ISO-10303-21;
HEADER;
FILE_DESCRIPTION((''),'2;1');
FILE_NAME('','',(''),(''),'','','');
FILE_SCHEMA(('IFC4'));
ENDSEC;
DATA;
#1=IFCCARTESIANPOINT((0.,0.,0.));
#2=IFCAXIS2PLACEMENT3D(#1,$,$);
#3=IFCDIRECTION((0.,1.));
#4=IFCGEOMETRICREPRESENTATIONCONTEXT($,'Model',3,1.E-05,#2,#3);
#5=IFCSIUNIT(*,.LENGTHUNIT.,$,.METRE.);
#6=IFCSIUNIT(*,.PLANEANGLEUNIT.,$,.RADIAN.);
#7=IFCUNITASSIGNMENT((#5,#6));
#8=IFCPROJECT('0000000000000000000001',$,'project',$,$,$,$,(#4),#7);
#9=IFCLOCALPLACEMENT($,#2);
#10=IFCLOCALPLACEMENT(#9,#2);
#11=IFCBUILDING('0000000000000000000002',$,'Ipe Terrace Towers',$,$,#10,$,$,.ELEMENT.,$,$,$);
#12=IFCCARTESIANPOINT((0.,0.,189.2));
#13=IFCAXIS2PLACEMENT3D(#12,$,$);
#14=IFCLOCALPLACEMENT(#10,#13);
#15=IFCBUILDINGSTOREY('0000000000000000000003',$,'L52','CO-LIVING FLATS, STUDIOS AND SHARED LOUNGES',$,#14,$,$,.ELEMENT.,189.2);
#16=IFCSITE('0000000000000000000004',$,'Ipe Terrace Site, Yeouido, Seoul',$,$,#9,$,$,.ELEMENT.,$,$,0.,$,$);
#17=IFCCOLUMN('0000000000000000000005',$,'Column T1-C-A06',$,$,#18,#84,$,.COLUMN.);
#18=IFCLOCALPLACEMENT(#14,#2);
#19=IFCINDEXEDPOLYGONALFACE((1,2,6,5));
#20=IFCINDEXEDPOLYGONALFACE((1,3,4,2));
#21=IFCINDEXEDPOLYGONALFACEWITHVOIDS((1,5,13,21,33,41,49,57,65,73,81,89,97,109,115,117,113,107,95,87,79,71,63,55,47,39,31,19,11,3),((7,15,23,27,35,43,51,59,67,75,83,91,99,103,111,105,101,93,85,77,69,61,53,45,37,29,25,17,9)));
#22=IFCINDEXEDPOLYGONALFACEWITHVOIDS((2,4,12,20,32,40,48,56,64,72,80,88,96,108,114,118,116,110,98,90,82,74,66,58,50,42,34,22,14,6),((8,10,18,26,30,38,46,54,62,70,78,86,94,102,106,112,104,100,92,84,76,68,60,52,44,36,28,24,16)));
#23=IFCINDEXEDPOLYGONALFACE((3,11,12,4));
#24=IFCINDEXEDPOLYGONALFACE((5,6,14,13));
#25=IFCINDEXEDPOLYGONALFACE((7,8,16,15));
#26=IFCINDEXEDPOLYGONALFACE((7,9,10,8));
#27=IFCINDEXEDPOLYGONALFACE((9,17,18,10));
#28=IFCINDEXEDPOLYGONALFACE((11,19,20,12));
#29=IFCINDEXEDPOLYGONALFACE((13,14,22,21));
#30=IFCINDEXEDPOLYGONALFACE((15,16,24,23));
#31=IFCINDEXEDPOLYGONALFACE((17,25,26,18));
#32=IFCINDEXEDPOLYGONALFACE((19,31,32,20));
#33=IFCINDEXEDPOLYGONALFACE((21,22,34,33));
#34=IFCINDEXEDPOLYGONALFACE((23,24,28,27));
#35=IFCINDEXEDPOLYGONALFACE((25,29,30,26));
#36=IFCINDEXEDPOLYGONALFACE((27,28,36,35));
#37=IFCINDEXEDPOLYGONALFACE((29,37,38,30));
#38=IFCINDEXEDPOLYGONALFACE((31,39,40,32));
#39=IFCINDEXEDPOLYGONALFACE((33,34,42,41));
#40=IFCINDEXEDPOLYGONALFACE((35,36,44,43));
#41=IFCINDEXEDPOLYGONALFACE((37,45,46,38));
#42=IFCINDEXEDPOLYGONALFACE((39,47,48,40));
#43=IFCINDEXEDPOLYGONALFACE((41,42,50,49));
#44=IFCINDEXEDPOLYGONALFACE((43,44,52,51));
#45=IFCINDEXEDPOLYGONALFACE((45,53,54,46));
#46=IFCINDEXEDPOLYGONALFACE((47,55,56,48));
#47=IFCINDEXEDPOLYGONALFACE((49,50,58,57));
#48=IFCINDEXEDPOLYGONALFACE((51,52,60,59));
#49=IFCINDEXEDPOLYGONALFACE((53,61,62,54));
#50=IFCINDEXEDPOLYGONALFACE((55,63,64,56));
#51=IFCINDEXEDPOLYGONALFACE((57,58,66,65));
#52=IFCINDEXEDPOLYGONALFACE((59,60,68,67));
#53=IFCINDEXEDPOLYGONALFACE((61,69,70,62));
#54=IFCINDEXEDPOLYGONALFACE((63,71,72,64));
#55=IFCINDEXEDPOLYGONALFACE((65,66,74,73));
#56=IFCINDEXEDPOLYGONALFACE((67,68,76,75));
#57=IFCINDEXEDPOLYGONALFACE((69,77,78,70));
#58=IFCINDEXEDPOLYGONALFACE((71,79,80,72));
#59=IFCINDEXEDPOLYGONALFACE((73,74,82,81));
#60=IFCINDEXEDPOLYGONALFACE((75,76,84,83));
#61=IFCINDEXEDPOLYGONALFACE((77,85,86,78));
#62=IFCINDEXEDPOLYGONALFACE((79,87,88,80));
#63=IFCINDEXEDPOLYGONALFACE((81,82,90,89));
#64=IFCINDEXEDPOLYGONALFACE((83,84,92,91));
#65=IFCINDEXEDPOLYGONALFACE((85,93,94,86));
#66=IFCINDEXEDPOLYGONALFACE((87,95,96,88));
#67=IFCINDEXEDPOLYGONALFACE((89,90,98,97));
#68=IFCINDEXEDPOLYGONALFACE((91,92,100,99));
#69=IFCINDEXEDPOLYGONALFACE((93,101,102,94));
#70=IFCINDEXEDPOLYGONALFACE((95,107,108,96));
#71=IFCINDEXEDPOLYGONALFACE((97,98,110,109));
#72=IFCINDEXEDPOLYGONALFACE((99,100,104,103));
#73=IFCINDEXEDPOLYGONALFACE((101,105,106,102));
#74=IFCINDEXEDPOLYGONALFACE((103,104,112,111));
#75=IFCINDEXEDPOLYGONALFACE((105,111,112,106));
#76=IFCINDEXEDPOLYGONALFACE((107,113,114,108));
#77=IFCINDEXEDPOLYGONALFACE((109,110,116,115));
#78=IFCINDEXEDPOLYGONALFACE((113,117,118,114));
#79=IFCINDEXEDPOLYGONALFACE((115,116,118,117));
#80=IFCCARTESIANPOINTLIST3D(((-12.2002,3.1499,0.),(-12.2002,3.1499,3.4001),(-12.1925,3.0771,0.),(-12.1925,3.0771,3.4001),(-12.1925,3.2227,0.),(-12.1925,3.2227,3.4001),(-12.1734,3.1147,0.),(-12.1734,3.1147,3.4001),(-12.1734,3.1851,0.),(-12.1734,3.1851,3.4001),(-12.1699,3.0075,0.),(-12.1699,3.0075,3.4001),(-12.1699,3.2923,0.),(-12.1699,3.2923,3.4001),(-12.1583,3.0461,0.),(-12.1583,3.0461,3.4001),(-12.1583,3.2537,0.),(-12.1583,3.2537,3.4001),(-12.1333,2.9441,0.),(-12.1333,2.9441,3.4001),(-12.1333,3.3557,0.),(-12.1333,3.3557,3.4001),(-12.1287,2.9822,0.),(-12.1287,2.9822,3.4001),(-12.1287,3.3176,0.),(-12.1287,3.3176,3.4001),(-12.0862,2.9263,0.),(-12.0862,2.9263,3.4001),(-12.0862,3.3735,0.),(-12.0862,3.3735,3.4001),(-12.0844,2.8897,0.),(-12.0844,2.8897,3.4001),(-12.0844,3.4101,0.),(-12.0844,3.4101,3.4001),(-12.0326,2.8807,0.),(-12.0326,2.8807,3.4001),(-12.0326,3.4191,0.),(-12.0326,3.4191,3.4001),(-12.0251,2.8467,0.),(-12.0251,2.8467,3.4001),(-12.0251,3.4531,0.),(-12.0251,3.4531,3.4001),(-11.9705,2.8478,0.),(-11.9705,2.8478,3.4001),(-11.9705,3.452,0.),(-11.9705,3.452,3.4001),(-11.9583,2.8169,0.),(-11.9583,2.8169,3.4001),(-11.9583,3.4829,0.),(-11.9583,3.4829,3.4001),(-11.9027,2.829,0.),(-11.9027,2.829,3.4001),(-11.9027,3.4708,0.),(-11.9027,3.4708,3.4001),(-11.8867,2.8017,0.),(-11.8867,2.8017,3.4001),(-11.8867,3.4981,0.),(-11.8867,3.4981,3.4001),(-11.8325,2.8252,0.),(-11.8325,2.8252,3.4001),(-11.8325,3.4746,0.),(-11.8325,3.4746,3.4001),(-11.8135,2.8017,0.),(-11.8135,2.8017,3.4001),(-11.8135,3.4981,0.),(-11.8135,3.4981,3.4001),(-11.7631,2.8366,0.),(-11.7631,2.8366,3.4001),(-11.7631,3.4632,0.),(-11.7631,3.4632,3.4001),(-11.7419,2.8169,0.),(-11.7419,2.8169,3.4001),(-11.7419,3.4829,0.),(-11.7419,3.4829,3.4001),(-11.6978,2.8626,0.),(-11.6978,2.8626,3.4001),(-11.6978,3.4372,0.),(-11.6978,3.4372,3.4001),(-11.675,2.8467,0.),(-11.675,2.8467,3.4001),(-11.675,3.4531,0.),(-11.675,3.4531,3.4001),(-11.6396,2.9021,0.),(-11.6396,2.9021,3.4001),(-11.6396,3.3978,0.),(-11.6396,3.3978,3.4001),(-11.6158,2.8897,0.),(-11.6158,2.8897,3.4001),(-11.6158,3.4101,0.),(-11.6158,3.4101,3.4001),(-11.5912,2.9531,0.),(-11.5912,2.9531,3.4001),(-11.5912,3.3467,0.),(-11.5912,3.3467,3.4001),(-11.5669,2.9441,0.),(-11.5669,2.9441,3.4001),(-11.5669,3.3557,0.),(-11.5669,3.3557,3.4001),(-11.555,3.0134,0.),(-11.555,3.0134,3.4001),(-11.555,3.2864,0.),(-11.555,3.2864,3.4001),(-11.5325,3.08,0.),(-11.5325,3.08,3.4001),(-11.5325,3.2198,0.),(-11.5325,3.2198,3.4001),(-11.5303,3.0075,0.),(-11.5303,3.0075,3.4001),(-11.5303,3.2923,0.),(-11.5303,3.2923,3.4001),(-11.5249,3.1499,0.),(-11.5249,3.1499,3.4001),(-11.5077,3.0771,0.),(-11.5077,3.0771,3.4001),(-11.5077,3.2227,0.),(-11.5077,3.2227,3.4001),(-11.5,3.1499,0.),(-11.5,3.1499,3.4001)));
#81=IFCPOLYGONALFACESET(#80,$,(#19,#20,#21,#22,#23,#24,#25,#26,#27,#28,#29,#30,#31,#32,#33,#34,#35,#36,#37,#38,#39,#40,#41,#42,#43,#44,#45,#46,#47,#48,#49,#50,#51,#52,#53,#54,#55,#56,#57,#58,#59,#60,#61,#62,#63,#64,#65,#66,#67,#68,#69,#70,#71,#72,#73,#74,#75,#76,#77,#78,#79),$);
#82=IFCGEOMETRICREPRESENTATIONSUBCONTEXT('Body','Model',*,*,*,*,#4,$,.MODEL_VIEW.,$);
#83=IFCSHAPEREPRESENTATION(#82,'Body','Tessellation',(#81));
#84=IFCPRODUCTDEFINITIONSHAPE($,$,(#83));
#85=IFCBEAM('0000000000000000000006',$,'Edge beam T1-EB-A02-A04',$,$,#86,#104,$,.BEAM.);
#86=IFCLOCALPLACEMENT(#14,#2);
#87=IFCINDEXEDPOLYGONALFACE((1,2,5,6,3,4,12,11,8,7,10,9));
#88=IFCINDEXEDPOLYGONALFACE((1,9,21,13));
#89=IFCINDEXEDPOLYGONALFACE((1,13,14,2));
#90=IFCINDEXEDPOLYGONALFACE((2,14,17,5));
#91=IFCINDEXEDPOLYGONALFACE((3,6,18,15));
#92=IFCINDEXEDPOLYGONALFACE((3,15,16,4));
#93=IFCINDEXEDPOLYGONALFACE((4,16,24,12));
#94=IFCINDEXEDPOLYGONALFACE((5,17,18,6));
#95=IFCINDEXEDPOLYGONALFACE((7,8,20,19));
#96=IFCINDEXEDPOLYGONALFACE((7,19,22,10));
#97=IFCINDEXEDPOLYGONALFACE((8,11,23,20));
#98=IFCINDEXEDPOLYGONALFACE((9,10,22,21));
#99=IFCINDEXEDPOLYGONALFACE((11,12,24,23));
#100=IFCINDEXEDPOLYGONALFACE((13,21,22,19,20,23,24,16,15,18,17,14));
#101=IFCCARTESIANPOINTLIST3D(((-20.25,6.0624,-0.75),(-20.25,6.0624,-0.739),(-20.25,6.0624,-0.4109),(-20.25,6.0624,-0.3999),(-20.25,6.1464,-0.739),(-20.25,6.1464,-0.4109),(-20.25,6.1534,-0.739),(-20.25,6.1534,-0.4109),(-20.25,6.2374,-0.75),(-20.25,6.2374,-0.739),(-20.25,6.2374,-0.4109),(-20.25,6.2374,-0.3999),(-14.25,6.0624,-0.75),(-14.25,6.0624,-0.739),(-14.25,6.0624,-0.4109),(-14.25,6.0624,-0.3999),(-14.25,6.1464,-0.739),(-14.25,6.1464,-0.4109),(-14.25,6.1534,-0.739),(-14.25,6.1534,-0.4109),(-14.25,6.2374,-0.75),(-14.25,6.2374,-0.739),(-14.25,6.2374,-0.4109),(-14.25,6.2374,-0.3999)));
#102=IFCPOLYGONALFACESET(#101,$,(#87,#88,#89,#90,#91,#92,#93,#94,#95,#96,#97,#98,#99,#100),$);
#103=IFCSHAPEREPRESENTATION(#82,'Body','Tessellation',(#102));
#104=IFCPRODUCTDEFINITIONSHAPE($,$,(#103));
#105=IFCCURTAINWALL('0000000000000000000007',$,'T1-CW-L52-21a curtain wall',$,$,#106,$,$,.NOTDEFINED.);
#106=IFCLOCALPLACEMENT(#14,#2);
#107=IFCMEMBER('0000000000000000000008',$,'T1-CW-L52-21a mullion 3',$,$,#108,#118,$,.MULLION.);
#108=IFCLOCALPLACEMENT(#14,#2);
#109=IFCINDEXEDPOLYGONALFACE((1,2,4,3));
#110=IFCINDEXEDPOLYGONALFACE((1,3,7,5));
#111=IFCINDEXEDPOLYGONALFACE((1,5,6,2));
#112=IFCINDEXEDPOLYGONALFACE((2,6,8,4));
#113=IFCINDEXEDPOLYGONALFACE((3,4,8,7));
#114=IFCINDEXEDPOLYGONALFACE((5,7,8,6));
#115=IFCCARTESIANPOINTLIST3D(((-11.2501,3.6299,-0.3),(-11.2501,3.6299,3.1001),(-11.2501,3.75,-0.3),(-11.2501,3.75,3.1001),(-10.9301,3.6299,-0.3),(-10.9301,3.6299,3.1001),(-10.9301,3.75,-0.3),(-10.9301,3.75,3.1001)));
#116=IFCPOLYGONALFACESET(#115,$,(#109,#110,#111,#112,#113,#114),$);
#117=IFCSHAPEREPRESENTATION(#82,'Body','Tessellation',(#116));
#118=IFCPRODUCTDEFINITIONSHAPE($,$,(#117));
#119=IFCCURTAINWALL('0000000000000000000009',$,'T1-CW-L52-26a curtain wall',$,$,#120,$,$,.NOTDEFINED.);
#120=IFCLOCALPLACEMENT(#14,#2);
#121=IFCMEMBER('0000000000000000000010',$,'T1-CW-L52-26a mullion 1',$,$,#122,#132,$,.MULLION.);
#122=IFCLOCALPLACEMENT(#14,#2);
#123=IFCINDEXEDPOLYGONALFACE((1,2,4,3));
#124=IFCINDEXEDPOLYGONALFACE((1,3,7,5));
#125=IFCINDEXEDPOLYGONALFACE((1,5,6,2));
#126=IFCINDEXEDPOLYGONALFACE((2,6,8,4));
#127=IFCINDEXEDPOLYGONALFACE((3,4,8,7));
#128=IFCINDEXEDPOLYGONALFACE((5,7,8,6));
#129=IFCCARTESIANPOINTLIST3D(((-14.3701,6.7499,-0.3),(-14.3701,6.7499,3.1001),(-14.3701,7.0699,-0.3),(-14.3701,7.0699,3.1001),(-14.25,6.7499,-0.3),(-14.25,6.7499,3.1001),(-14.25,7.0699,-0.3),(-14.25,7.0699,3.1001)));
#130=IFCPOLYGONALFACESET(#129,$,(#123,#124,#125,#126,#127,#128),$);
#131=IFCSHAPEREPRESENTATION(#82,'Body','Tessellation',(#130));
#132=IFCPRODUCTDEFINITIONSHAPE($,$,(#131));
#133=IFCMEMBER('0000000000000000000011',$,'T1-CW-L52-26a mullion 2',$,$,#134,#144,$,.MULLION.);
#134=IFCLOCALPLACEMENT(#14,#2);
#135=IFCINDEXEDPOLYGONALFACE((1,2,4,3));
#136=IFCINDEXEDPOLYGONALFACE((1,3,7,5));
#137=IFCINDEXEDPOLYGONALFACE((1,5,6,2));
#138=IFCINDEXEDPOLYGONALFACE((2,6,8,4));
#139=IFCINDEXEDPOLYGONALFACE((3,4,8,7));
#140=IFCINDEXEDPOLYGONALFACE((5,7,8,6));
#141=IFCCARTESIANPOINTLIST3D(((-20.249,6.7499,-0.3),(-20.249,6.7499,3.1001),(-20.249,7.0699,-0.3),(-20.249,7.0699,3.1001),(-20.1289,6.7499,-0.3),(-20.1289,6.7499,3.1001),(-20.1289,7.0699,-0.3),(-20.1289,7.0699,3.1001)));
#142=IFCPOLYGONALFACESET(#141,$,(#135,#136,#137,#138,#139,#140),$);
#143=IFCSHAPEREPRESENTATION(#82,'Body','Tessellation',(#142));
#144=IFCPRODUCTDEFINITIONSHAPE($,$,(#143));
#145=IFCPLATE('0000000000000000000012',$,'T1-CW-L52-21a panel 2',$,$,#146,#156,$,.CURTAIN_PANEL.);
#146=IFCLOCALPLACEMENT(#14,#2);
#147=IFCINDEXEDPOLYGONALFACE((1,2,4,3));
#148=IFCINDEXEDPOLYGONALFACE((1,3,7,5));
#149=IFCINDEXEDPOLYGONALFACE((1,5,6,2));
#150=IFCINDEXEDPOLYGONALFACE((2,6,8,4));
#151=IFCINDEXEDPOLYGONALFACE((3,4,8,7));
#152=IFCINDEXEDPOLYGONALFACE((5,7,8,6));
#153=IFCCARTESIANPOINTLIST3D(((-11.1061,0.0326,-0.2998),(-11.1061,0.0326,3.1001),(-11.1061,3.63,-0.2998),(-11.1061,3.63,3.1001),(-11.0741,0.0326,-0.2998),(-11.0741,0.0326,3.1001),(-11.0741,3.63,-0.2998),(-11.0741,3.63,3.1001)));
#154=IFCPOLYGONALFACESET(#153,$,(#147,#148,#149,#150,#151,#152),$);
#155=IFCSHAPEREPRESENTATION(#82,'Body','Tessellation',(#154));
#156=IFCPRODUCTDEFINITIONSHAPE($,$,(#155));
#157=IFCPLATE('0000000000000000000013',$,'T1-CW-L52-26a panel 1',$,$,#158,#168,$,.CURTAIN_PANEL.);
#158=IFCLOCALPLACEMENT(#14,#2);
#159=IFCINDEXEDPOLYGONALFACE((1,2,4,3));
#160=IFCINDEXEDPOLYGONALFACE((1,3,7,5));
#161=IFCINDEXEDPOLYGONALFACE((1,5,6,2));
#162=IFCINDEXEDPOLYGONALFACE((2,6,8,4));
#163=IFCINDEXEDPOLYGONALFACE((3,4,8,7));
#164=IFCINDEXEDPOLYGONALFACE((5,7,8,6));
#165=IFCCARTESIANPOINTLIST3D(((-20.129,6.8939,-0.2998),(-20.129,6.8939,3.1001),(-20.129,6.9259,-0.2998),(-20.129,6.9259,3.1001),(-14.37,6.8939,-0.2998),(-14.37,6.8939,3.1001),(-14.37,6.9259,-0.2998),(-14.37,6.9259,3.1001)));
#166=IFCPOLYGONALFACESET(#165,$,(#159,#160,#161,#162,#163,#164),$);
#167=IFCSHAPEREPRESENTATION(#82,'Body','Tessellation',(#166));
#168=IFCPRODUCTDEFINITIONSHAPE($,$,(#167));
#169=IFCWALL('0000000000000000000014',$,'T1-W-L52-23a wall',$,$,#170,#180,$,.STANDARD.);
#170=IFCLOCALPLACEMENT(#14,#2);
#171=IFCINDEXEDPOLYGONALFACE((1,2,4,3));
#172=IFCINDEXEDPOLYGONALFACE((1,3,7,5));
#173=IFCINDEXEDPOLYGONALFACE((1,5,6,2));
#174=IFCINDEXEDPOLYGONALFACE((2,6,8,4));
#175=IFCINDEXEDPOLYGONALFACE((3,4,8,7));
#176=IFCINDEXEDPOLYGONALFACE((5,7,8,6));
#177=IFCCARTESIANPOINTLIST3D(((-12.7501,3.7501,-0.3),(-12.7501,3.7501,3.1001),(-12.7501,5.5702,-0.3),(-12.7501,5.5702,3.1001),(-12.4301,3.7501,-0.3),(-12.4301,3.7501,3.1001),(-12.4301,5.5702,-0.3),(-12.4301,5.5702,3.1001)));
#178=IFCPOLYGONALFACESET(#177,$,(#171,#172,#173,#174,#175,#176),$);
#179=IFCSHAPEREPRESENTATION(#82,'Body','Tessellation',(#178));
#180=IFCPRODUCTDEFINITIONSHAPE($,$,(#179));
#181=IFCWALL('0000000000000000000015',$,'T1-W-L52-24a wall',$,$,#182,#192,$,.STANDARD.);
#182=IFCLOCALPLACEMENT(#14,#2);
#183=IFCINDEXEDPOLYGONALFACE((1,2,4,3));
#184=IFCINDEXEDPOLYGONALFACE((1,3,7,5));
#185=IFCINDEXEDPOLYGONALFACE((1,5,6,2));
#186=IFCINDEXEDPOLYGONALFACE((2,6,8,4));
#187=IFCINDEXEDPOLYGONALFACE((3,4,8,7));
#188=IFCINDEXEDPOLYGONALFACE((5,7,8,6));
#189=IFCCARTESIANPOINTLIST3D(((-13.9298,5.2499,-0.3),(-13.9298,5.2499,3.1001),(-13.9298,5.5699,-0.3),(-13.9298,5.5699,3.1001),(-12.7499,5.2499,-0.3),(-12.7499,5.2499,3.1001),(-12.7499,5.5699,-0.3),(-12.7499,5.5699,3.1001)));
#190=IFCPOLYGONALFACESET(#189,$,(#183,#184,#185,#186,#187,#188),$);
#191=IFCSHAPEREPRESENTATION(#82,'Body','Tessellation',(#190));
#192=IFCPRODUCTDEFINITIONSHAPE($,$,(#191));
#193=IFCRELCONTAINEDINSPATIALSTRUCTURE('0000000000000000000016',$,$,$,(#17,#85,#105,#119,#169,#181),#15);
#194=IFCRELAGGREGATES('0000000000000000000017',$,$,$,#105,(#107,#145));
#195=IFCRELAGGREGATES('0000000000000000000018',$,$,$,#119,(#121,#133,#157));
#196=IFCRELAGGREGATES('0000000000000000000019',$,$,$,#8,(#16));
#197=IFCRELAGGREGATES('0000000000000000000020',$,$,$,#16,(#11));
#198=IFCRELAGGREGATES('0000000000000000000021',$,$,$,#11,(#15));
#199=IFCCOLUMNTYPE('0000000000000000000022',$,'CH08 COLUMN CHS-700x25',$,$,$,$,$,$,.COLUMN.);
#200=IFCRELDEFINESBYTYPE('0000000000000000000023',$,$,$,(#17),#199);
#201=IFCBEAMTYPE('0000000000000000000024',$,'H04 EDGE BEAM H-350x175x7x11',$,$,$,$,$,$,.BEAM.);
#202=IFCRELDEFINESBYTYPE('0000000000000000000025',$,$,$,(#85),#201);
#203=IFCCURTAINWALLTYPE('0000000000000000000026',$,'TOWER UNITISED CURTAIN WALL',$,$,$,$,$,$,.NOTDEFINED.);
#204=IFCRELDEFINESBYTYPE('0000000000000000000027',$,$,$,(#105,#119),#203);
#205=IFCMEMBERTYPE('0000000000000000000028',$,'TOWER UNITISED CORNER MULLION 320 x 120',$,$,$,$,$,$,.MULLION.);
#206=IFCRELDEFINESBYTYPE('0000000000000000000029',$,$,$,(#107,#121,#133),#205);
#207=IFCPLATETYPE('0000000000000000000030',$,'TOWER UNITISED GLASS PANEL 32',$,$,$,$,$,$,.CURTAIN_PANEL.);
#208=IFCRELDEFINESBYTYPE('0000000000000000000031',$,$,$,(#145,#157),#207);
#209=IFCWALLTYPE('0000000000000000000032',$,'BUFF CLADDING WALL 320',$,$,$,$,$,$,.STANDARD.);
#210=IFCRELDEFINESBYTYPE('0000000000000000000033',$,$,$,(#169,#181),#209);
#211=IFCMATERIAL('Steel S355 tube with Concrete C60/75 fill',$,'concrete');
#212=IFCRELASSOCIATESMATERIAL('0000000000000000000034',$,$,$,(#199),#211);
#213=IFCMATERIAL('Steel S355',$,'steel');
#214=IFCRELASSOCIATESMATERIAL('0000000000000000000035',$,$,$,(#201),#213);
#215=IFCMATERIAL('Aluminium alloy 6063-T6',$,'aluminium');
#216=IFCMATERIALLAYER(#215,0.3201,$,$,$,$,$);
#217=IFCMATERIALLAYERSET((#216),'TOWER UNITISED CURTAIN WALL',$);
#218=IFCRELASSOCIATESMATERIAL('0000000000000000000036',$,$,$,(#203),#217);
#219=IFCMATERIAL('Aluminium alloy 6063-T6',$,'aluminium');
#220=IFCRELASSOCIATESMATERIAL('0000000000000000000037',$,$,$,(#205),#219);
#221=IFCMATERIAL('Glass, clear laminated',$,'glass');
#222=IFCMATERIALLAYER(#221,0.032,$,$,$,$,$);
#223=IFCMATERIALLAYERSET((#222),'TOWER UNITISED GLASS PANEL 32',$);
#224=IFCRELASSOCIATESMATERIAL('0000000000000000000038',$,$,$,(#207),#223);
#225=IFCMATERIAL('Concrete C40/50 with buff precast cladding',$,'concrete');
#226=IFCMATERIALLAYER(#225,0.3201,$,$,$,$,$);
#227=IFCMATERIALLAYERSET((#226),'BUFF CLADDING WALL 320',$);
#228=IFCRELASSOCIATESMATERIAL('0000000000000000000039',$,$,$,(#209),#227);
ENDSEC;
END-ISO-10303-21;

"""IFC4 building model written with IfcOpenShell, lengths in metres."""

from ifc_helpers import new_model, si_unit, direction, frame, frame_2d, origin, origin_2d, place, context, subcontext, project, spatial, rectangle, hollow_circle, i_section, extrude, material, layer, layer_set, material_profile, profile_set, type_object, element, aggregate, save


model = new_model("IFC4")

# Units and contexts
model_context = context("Model", 3, precision=1e-05, world=origin(), true_north=direction((0.0, 1.0)))
body_context = subcontext(model_context, "Body", "Model", "MODEL_VIEW")
ifc_project = project(units=[si_unit("LENGTHUNIT", "METRE"), si_unit("PLANEANGLEUNIT", "RADIAN")], contexts=[model_context])

# Site, building, storey
site_placement = place(None, origin())
site = spatial("IfcSite", under=ifc_project, at=site_placement, Name="Ipe Terrace Site, Yeouido, Seoul", CompositionType="ELEMENT", RefElevation=0.0)
building_placement = place(site_placement, origin())
building = spatial("IfcBuilding", under=site, at=building_placement, Name="Ipe Terrace Towers", CompositionType="ELEMENT")
storey_placement = place(building_placement, frame((0.0, 0.0, 189.2)))
storey = spatial("IfcBuildingStorey", under=building, at=storey_placement, Name="L52", Description="CO-LIVING FLATS, STUDIOS AND SHARED LOUNGES", CompositionType="ELEMENT", Elevation=189.2)

# Column
ifc_material_1 = material(Name="Steel S355 tube with Concrete C60/75 fill", Category="concrete")
ifc_material_profile_1 = material_profile(ifc_material_1, hollow_circle(Radius=0.3501, WallThickness=0.0249, at=origin_2d()), Name="CHS-700x25")
ifc_profile_set_1 = profile_set([ifc_material_profile_1], Name="Steel S355 tube with Concrete C60/75 fill")
column_type = type_object("IfcColumnType", Name="CH08 COLUMN CHS-700x25", PredefinedType="COLUMN", material=ifc_profile_set_1)
for number, where, z_axis, x_axis, name in (
    (1, (-11.8501, 3.1499, 0.0), (0.0, 0.0, 1.0), (1.0, 0.0, 0.0), "Column T1-C-A06"),
):
    element("IfcColumn", number, at=place(storey_placement, frame(where, z_axis=z_axis, x_axis=x_axis)), inside=storey, type_object=column_type, Name=name, PredefinedType="COLUMN", context=body_context, shape_type="SweptSolid", body=[
        extrude(hollow_circle(Radius=0.3501, WallThickness=0.0249, at=origin_2d()), origin(), (0.0, 0.0, 1.0), 3.4001),
    ])

# Beam
ifc_material_2 = material(Name="Steel S355", Category="steel")
ifc_material_profile_2 = material_profile(ifc_material_2, i_section(OverallWidth=0.175, OverallDepth=0.3501, WebThickness=0.0071, FlangeThickness=0.011, at=origin_2d()), Name="H-350x175x7x11")
ifc_profile_set_2 = profile_set([ifc_material_profile_2], Name="Steel S355")
beam_type = type_object("IfcBeamType", Name="H04 EDGE BEAM H-350x175x7x11", PredefinedType="BEAM", material=ifc_profile_set_2)
beam_placement = place(storey_placement, frame((-20.25, 6.1499, -0.575), z_axis=(1.0, 0.0, 0.0), x_axis=(0.0, 1.0, 0.0)))
element("IfcBeam", 2, at=beam_placement, inside=storey, type_object=beam_type, Name="Edge beam T1-EB-A02-A04", PredefinedType="BEAM", context=body_context, shape_type="SweptSolid", body=[
    extrude(i_section(OverallWidth=0.175, OverallDepth=0.3501, WebThickness=0.0071, FlangeThickness=0.011, at=origin_2d()), origin(), (0.0, 0.0, 1.0), 6.0),
])

# Curtain wall, member
ifc_material_3 = material(Name="Aluminium alloy 6063-T6", Category="aluminium")
ifc_layer_1 = layer(ifc_material_3, 0.3201)
ifc_layer_set_1 = layer_set([ifc_layer_1], Name="TOWER UNITISED CURTAIN WALL")
curtain_wall_type = type_object("IfcCurtainWallType", Name="TOWER UNITISED CURTAIN WALL", PredefinedType="NOTDEFINED", material=ifc_layer_set_1)
curtain_wall_1_placement = place(storey_placement, origin())
curtain_wall_1 = element("IfcCurtainWall", 3, at=curtain_wall_1_placement, inside=storey, type_object=curtain_wall_type, Name="T1-CW-L52-21a curtain wall", PredefinedType="NOTDEFINED")
ifc_material_4 = material(Name="Aluminium alloy 6063-T6", Category="aluminium")
ifc_material_profile_3 = material_profile(ifc_material_4, rectangle(XDim=0.3201, YDim=0.1201, at=origin_2d()), Name="TOWER UNITISED CORNER MULLION 320 x 120")
ifc_profile_set_3 = profile_set([ifc_material_profile_3], Name="Aluminium alloy 6063-T6")
member_type = type_object("IfcMemberType", Name="TOWER UNITISED CORNER MULLION 320 x 120", PredefinedType="MULLION", material=ifc_profile_set_3)
member_1_placement = place(storey_placement, frame((-11.0901, 3.6899, -0.3), z_axis=(0.0, 0.0, 1.0), x_axis=(1.0, 0.0, 0.0)))
member_1 = element("IfcMember", 4, at=member_1_placement, type_object=member_type, Name="T1-CW-L52-21a mullion 3", PredefinedType="MULLION", context=body_context, shape_type="SweptSolid", body=[
    extrude(rectangle(XDim=0.3201, YDim=0.1201, at=origin_2d()), origin(), (0.0, 0.0, 1.0), 3.4001),
])

# Curtain wall, members
curtain_wall_2_placement = place(storey_placement, origin())
curtain_wall_2 = element("IfcCurtainWall", 5, at=curtain_wall_2_placement, inside=storey, type_object=curtain_wall_type, Name="T1-CW-L52-26a curtain wall", PredefinedType="NOTDEFINED")
member_2_placement = place(storey_placement, frame((-14.3101, 6.9099, -0.3), z_axis=(0.0, 0.0, 1.0), x_axis=(0.0, 1.0, 0.0)))
member_2 = element("IfcMember", 6, at=member_2_placement, type_object=member_type, Name="T1-CW-L52-26a mullion 1", PredefinedType="MULLION", context=body_context, shape_type="SweptSolid", body=[
    extrude(rectangle(XDim=0.3201, YDim=0.1201, at=origin_2d()), origin(), (0.0, 0.0, 1.0), 3.4001),
])
member_3_placement = place(storey_placement, frame((-20.189, 6.9099, -0.3), z_axis=(0.0, 0.0, 1.0), x_axis=(0.0, 1.0, 0.0)))
member_3 = element("IfcMember", 7, at=member_3_placement, type_object=member_type, Name="T1-CW-L52-26a mullion 2", PredefinedType="MULLION", context=body_context, shape_type="SweptSolid", body=[
    extrude(rectangle(XDim=0.3201, YDim=0.1201, at=origin_2d()), origin(), (0.0, 0.0, 1.0), 3.4001),
])

# Plates
ifc_material_5 = material(Name="Glass, clear laminated", Category="glass")
ifc_layer_2 = layer(ifc_material_5, 0.032)
ifc_layer_set_2 = layer_set([ifc_layer_2], Name="TOWER UNITISED GLASS PANEL 32")
plate_type = type_object("IfcPlateType", Name="TOWER UNITISED GLASS PANEL 32", PredefinedType="CURTAIN_PANEL", material=ifc_layer_set_2)
plate_1_placement = place(storey_placement, frame((-11.0901, 1.8313, -0.2998), z_axis=(0.0, 0.0, 1.0), x_axis=(0.0, 1.0, 0.0)))
plate_1 = element("IfcPlate", 8, at=plate_1_placement, type_object=plate_type, Name="T1-CW-L52-21a panel 2", PredefinedType="CURTAIN_PANEL", context=body_context, shape_type="SweptSolid", body=[
    extrude(rectangle(XDim=3.5974, YDim=0.032, at=origin_2d()), origin(), (0.0, 0.0, 1.0), 3.3999),
])
aggregate(curtain_wall_1, [member_1, plate_1])
plate_2_placement = place(storey_placement, frame((-17.2495, 6.9099, -0.2998), z_axis=(0.0, 0.0, 1.0), x_axis=(-1.0, 0.0, 0.0)))
plate_2 = element("IfcPlate", 9, at=plate_2_placement, type_object=plate_type, Name="T1-CW-L52-26a panel 1", PredefinedType="CURTAIN_PANEL", context=body_context, shape_type="SweptSolid", body=[
    extrude(rectangle(XDim=5.759, YDim=0.032, at=origin_2d()), origin(), (0.0, 0.0, 1.0), 3.3999),
])
aggregate(curtain_wall_2, [member_2, member_3, plate_2])

# Walls
ifc_material_6 = material(Name="Concrete C40/50 with buff precast cladding", Category="concrete")
ifc_layer_3 = layer(ifc_material_6, 0.3201)
ifc_layer_set_3 = layer_set([ifc_layer_3], Name="BUFF CLADDING WALL 320")
wall_type_1 = type_object("IfcWallType", Name="BUFF CLADDING WALL 320", PredefinedType="STANDARD", material=ifc_layer_set_3)
wall_1_placement = place(storey_placement, frame((-12.5901, 3.75, -0.3), z_axis=(0.0, 0.0, 1.0), x_axis=(0.0, 1.0, 0.0)))
element("IfcWall", 10, at=wall_1_placement, inside=storey, type_object=wall_type_1, Name="T1-W-L52-23a wall", PredefinedType="STANDARD", context=body_context, shape_type="SweptSolid", body=[
    extrude(rectangle(XDim=1.8201, YDim=0.3201, at=frame_2d((0.9102, 0.0))), origin(), (0.0, 0.0, 1.0), 3.4001),
])
wall_2_placement = place(storey_placement, frame((-12.75, 5.4099, -0.3), z_axis=(0.0, 0.0, 1.0), x_axis=(-1.0, 0.0, 0.0)))
element("IfcWall", 11, at=wall_2_placement, inside=storey, type_object=wall_type_1, Name="T1-W-L52-24a wall", PredefinedType="STANDARD", context=body_context, shape_type="SweptSolid", body=[
    extrude(rectangle(XDim=1.1799, YDim=0.3201, at=frame_2d((0.5898, 0.0))), origin(), (0.0, 0.0, 1.0), 3.4001),
])

save(model, "model.ifc")
